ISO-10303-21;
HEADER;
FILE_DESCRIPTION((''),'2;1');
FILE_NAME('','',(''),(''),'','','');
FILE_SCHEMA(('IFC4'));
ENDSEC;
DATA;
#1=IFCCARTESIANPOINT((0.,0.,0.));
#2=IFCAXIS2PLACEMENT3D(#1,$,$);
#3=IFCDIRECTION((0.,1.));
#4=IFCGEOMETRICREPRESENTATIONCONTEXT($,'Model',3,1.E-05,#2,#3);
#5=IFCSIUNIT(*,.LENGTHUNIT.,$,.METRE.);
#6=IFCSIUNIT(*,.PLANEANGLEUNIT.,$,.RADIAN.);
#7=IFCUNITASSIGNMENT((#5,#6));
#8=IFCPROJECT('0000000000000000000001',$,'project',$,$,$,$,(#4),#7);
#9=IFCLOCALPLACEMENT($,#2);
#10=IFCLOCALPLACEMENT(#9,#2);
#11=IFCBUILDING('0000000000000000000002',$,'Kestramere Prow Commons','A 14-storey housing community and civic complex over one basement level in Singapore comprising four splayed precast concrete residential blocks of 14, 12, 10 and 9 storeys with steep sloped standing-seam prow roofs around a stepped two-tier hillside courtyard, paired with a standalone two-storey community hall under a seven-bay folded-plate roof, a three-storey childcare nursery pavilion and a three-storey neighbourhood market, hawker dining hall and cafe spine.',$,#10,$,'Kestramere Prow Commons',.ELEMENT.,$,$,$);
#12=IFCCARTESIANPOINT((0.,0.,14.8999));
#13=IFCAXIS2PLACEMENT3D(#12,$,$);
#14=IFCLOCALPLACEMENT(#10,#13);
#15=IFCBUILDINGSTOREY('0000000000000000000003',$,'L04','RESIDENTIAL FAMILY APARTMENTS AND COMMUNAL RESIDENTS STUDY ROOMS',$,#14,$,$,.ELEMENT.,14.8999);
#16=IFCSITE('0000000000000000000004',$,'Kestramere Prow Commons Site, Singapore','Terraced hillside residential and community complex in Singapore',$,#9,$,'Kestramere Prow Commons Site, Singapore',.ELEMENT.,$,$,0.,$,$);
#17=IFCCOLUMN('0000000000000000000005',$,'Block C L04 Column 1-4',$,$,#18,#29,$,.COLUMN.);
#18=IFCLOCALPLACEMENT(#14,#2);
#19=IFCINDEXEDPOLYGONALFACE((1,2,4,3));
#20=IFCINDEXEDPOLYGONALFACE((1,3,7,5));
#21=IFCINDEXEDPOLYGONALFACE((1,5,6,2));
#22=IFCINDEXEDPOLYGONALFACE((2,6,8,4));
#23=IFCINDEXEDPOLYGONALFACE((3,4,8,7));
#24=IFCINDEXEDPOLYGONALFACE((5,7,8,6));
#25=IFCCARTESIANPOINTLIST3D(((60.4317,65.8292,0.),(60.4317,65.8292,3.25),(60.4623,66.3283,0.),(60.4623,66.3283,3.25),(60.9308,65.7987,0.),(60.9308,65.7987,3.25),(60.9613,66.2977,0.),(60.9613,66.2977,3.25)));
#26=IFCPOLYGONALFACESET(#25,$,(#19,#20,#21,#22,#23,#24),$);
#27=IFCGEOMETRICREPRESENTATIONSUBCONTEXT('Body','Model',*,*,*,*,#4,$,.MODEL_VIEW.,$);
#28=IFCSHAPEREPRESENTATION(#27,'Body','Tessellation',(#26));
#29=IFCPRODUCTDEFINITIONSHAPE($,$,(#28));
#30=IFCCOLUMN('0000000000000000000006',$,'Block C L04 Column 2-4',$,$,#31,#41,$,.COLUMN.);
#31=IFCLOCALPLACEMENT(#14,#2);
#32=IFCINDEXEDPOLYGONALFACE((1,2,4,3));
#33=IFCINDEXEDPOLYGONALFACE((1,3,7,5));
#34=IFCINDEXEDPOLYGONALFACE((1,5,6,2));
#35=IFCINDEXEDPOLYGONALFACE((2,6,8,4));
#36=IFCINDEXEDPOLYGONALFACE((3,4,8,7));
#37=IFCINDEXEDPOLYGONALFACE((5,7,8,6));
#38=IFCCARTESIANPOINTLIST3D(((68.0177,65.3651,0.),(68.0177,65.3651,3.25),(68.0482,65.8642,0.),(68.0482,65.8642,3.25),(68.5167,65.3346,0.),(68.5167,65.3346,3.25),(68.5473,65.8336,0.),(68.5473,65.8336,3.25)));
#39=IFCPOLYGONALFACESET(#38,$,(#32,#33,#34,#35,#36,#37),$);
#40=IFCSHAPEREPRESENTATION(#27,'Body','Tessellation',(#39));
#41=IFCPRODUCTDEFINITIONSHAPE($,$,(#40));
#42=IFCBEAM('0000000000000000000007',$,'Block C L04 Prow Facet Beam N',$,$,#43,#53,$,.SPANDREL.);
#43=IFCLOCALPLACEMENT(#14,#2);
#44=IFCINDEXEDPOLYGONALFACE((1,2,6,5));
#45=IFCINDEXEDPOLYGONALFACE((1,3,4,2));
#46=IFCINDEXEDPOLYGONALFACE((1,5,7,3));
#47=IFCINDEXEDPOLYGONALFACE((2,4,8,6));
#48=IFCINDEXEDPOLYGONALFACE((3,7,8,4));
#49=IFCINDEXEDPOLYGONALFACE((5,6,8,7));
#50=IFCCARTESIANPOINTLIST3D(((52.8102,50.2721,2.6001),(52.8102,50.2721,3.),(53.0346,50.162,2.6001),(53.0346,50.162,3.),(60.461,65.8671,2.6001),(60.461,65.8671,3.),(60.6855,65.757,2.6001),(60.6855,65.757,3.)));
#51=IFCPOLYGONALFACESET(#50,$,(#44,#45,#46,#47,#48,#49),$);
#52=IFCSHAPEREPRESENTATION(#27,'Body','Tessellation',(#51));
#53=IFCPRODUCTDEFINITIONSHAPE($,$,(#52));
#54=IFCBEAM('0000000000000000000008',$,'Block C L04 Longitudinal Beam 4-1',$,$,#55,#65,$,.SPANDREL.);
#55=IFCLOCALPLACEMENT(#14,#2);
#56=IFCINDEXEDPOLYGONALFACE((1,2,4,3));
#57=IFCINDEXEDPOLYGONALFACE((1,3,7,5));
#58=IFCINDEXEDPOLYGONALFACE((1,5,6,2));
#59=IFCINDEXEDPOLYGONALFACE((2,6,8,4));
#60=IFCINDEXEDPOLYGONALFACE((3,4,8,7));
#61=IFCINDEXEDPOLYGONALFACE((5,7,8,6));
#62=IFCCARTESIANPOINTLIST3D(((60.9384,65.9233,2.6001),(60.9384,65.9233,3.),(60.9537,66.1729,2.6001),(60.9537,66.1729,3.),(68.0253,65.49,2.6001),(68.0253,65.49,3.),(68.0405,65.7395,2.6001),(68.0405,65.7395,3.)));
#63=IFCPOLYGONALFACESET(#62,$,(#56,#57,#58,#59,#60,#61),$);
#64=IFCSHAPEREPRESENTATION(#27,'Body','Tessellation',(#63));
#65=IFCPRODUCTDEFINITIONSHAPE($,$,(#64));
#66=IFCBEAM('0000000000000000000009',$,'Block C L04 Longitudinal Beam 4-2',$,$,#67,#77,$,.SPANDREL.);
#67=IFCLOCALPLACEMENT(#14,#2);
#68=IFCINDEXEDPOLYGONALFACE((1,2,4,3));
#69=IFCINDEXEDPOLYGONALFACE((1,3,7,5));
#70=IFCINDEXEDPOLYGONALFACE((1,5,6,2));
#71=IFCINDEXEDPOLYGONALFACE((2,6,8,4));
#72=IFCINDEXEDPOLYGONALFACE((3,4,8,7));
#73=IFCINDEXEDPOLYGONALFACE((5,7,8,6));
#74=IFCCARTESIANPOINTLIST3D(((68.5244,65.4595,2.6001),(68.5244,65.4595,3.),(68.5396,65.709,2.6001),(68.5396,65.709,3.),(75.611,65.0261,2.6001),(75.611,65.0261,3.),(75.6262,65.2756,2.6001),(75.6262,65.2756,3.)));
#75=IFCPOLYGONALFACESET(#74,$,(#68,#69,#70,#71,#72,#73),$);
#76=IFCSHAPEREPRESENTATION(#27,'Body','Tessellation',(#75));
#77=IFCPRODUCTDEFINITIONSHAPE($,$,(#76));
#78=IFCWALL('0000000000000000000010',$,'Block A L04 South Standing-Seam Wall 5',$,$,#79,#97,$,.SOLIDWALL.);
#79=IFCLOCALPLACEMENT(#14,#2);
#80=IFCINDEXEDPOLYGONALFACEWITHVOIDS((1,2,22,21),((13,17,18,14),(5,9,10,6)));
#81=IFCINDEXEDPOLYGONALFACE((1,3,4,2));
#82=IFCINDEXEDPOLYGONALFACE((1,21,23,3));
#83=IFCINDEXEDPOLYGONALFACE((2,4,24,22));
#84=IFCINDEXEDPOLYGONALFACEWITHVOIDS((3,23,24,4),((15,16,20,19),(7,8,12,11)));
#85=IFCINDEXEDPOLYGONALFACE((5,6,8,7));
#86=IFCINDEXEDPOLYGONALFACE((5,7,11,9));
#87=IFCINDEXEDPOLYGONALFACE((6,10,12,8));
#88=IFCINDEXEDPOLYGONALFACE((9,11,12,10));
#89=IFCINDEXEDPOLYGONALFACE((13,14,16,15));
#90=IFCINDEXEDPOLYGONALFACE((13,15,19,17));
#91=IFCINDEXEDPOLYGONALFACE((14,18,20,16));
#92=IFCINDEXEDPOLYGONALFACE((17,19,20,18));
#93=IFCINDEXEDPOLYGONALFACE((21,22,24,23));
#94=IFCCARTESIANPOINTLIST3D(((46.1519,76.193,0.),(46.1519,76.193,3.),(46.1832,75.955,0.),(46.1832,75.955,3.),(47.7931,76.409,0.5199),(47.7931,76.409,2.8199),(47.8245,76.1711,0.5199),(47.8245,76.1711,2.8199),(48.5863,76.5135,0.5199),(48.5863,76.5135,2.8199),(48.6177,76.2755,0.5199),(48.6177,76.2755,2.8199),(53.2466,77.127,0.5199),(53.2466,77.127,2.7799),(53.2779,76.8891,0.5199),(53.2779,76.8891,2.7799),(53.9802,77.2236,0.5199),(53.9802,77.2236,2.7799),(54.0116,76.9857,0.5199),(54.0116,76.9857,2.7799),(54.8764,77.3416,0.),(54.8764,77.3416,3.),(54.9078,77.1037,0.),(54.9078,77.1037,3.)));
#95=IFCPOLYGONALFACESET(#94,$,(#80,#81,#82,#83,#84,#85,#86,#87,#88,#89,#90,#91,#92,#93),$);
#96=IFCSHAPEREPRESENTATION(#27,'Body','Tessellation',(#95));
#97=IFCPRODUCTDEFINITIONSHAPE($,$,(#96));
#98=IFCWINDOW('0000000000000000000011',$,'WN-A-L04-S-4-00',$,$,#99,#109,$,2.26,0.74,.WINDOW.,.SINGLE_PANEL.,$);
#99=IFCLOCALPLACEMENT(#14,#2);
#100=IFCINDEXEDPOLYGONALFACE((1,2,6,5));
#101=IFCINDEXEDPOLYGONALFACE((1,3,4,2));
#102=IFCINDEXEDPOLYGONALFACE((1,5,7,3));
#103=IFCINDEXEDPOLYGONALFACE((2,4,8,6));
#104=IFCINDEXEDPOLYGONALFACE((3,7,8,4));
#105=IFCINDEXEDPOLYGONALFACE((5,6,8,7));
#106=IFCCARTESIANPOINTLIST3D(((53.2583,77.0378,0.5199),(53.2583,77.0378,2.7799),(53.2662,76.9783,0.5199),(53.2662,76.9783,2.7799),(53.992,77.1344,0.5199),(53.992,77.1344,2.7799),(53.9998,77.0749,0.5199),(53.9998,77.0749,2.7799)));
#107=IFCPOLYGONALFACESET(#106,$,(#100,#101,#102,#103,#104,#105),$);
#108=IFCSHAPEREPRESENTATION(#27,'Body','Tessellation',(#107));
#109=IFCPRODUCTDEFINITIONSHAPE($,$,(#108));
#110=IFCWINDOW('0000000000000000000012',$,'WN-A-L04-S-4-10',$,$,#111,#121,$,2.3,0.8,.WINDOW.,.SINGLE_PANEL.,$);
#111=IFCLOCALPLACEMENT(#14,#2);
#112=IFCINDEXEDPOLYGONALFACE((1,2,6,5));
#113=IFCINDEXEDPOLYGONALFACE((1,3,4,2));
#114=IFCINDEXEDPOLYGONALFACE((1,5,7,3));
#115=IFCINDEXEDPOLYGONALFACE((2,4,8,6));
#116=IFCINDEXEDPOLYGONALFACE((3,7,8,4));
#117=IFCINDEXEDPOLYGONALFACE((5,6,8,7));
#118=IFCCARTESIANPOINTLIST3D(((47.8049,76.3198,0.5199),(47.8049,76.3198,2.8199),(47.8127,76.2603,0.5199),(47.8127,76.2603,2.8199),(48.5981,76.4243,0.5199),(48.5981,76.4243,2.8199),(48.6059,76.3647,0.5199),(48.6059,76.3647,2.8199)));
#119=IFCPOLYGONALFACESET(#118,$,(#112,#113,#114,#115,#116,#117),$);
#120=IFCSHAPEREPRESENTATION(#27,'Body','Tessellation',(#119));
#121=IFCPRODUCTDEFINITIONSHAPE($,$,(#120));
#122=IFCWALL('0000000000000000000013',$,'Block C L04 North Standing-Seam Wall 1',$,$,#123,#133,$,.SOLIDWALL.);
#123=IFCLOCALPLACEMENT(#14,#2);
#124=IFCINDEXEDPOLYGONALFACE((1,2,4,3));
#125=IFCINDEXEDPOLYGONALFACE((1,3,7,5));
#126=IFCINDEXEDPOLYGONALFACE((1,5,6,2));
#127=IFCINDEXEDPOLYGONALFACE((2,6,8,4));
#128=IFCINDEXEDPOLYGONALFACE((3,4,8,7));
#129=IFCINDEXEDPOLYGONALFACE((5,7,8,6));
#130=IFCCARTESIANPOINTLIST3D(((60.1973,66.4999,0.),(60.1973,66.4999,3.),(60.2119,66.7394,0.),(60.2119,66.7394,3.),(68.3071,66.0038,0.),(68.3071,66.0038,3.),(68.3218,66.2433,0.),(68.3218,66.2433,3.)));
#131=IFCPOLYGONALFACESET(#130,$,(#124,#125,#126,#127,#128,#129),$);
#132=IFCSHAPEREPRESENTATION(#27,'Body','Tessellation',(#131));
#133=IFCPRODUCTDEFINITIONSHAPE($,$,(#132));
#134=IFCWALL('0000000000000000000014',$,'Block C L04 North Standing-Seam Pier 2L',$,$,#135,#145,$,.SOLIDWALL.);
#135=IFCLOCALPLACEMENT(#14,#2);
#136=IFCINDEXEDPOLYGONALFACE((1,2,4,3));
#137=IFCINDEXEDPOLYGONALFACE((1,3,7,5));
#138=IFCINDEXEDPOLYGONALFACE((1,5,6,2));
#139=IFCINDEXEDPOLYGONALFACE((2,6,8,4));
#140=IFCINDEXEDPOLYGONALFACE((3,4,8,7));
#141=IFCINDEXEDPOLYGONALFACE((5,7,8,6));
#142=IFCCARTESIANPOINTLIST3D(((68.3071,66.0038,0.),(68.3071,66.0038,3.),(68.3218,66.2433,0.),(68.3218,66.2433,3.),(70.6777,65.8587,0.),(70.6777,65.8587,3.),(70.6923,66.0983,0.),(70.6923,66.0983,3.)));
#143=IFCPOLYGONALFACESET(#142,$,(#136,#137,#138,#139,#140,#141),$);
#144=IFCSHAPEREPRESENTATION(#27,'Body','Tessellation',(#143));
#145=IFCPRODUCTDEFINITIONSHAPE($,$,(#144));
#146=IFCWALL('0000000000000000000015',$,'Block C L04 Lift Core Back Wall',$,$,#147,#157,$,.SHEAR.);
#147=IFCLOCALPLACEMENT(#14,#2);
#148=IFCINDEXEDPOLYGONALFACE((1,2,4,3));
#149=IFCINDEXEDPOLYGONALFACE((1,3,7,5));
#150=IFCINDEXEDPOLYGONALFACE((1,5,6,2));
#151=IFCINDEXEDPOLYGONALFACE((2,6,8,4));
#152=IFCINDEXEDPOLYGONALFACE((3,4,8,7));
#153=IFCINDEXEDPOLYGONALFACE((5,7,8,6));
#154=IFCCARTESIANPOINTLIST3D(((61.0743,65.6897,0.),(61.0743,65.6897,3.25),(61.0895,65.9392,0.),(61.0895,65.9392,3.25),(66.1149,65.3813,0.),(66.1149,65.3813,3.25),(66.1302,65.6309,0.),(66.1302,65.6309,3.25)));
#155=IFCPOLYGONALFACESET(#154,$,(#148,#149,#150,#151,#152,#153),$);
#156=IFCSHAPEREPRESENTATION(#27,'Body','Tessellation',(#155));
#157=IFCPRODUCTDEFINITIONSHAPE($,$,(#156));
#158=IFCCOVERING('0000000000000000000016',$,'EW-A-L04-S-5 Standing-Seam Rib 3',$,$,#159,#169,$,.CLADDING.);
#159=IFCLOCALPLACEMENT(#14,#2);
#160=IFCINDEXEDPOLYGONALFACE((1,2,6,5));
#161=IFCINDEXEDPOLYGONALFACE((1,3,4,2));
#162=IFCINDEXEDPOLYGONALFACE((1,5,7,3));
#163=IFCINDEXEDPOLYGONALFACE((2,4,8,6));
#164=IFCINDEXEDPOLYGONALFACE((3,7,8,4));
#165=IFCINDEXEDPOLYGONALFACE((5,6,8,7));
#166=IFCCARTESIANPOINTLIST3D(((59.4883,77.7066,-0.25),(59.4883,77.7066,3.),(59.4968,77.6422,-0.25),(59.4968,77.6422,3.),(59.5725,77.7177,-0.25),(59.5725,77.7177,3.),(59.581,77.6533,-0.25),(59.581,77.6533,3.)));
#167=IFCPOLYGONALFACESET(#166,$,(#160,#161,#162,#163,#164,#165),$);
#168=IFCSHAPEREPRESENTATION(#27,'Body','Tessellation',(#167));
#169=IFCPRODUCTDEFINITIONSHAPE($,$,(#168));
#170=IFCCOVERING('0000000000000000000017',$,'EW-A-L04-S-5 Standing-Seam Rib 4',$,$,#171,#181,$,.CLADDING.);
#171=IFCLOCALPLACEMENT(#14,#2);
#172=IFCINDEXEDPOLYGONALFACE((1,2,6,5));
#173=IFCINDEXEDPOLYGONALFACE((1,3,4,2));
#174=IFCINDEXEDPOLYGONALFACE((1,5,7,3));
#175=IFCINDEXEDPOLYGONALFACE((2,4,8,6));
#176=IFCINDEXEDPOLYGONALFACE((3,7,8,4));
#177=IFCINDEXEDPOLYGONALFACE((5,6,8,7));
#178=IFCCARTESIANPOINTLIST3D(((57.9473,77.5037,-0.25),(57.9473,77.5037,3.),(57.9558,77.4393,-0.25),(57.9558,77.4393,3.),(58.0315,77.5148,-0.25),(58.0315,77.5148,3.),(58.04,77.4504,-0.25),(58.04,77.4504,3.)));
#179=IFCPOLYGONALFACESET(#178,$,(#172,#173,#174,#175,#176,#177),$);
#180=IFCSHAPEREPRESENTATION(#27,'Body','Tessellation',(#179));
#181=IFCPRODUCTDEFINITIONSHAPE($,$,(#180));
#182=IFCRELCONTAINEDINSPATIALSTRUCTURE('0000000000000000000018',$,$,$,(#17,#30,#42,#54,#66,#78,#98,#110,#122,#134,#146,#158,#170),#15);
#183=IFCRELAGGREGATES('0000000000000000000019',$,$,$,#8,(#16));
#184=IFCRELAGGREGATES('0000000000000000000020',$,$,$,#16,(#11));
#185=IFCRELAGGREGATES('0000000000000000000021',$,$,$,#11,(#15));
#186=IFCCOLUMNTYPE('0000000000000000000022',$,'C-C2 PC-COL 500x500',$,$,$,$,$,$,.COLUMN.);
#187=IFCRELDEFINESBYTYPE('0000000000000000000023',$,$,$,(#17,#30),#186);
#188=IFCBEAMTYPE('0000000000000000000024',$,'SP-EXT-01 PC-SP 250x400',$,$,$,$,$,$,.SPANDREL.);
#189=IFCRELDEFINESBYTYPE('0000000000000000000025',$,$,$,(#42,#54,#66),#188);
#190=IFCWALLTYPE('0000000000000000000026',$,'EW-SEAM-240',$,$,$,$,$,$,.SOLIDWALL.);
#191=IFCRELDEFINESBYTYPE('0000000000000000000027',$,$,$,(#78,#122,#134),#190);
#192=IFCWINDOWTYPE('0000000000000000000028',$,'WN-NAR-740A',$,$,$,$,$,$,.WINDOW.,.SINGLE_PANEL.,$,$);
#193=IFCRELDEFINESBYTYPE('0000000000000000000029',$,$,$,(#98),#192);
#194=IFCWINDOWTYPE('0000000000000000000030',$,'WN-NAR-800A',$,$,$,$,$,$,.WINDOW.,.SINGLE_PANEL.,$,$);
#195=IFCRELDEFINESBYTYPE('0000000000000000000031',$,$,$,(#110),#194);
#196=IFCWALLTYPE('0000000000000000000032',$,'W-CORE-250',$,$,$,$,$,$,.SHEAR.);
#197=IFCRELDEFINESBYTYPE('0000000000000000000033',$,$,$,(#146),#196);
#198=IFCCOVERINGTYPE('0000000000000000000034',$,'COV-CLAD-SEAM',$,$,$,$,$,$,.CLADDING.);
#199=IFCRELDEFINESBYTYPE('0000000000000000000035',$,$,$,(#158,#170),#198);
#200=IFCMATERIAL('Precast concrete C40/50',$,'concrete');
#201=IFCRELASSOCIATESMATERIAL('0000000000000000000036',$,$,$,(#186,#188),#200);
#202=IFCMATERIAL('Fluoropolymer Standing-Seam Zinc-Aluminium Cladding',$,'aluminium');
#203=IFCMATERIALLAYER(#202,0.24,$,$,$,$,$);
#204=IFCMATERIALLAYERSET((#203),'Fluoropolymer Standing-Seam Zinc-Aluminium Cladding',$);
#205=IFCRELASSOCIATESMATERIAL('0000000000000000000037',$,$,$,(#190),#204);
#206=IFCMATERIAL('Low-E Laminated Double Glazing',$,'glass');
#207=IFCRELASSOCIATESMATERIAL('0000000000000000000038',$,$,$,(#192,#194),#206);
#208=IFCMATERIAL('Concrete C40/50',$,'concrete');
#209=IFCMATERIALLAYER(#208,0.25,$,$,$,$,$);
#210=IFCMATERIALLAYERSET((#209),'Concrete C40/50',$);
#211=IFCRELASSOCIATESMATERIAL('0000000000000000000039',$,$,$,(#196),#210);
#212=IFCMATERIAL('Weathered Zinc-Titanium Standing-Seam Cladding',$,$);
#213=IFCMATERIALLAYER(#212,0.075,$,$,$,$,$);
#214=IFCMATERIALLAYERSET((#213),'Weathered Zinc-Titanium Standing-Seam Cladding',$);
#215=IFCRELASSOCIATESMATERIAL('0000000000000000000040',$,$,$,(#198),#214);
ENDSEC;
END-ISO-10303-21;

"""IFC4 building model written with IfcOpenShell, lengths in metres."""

from ifc_helpers import new_model, si_unit, direction, frame, frame_2d, origin, origin_2d, place, context, subcontext, project, spatial, rectangle, extrude, material, layer, layer_set, material_profile, profile_set, type_object, element, fill, save


model = new_model("IFC4")

# Units and contexts
model_context = context("Model", 3, precision=1e-05, world=origin(), true_north=direction((0.0, 1.0)))
body_context = subcontext(model_context, "Body", "Model", "MODEL_VIEW")
ifc_project = project(units=[si_unit("LENGTHUNIT", "METRE"), si_unit("PLANEANGLEUNIT", "RADIAN")], contexts=[model_context])

# Site, building, storey
site_placement = place(None, origin())
site = spatial("IfcSite", under=ifc_project, at=site_placement, Name="Kestramere Prow Commons Site, Singapore", Description="Terraced hillside residential and community complex in Singapore", LongName="Kestramere Prow Commons Site, Singapore", CompositionType="ELEMENT", RefElevation=0.0)
building_placement = place(site_placement, origin())
building = spatial("IfcBuilding", under=site, at=building_placement, Name="Kestramere Prow Commons", Description="A 14-storey housing community and civic complex over one basement level in Singapore comprising four splayed precast concrete residential blocks of 14, 12, 10 and 9 storeys with steep sloped standing-seam prow roofs around a stepped two-tier hillside courtyard, paired with a standalone two-storey community hall under a seven-bay folded-plate roof, a three-storey childcare nursery pavilion and a three-storey neighbourhood market, hawker dining hall and cafe spine.", LongName="Kestramere Prow Commons", CompositionType="ELEMENT")
storey_placement = place(building_placement, frame((0.0, 0.0, 14.8999)))
storey = spatial("IfcBuildingStorey", under=building, at=storey_placement, Name="L04", Description="RESIDENTIAL FAMILY APARTMENTS AND COMMUNAL RESIDENTS STUDY ROOMS", CompositionType="ELEMENT", Elevation=14.8999)

# Columns
ifc_material_1 = material(Name="Precast concrete C40/50", Category="concrete")
ifc_material_profile_1 = material_profile(ifc_material_1, rectangle(XDim=0.5, YDim=0.5, at=origin_2d()), Name="PC-COL 500x500")
ifc_profile_set_1 = profile_set([ifc_material_profile_1], Name="Precast concrete C40/50")
column_type = type_object("IfcColumnType", Name="C-C2 PC-COL 500x500", PredefinedType="COLUMN", material=ifc_profile_set_1)
for number, where, z_axis, x_axis, name in (
    (1, (60.6965, 66.0635, 0.0), (0.0, 0.0, 1.0), (0.998135, -0.061049, 0.0), "Block C L04 Column 1-4"),
    (2, (68.2825, 65.5994, 0.0), (0.0, 0.0, 1.0), (0.998135, -0.061049, 0.0), "Block C L04 Column 2-4"),
):
    element("IfcColumn", number, at=place(storey_placement, frame(where, z_axis=z_axis, x_axis=x_axis)), inside=storey, type_object=column_type, Name=name, PredefinedType="COLUMN", context=body_context, shape_type="SweptSolid", body=[
        extrude(rectangle(XDim=0.5, YDim=0.5, at=origin_2d()), origin(), (0.0, 0.0, 1.0), 3.25),
    ])

# Beams
ifc_material_profile_2 = material_profile(ifc_material_1, rectangle(XDim=0.25, YDim=0.3999, at=origin_2d()), Name="PC-SP 250x400")
ifc_profile_set_2 = profile_set([ifc_material_profile_2], Name="Precast concrete C40/50")
beam_type = type_object("IfcBeamType", Name="SP-EXT-01 PC-SP 250x400", PredefinedType="SPANDREL", material=ifc_profile_set_2)
beam_1_placement = place(storey_placement, frame((60.5732, 65.812, 2.8), z_axis=(-0.440449, -0.897778, 0.0), x_axis=(0.897778, -0.440449, 0.0)))
element("IfcBeam", 3, at=beam_1_placement, inside=storey, type_object=beam_type, Name="Block C L04 Prow Facet Beam N", PredefinedType="SPANDREL", context=body_context, shape_type="SweptSolid", body=[
    extrude(rectangle(XDim=0.25, YDim=0.3999, at=origin_2d()), origin(), (0.0, 0.0, 1.0), 17.3706),
])
beam_2_placement = place(storey_placement, frame((60.946, 66.0481, 2.8), z_axis=(0.998136, -0.061034, 0.0), x_axis=(0.061034, 0.998136, 0.0)))
element("IfcBeam", 4, at=beam_2_placement, inside=storey, type_object=beam_type, Name="Block C L04 Longitudinal Beam 4-1", PredefinedType="SPANDREL", context=body_context, shape_type="SweptSolid", body=[
    extrude(rectangle(XDim=0.25, YDim=0.3999, at=origin_2d()), origin(), (0.0, 0.0, 1.0), 7.1001),
])
beam_3_placement = place(storey_placement, frame((68.532, 65.5842, 2.8), z_axis=(0.998136, -0.061036, 0.0), x_axis=(0.061036, 0.998136, 0.0)))
element("IfcBeam", 5, at=beam_3_placement, inside=storey, type_object=beam_type, Name="Block C L04 Longitudinal Beam 4-2", PredefinedType="SPANDREL", context=body_context, shape_type="SweptSolid", body=[
    extrude(rectangle(XDim=0.25, YDim=0.3999, at=origin_2d()), origin(), (0.0, 0.0, 1.0), 7.0999),
])

# Wall, openings, windows
ifc_material_2 = material(Name="Fluoropolymer Standing-Seam Zinc-Aluminium Cladding", Category="aluminium")
ifc_layer_1 = layer(ifc_material_2, 0.24)
ifc_layer_set_1 = layer_set([ifc_layer_1], Name="Fluoropolymer Standing-Seam Zinc-Aluminium Cladding")
wall_type_1 = type_object("IfcWallType", Name="EW-SEAM-240", PredefinedType="SOLIDWALL", material=ifc_layer_set_1)
wall_1_placement = place(storey_placement, frame((54.8921, 77.2227, 0.0), z_axis=(0.0, 0.0, 1.0), x_axis=(-0.991444, -0.130533, 0.0)))
wall_1 = element("IfcWall", 6, at=wall_1_placement, inside=storey, type_object=wall_type_1, Name="Block A L04 South Standing-Seam Wall 5", PredefinedType="SOLIDWALL", context=body_context, shape_type="SweptSolid", body=[
    extrude(rectangle(XDim=8.7998, YDim=0.24, at=frame_2d((4.3999, 0.0))), origin(), (0.0, 0.0, 1.0), 3.0),
])
opening_1_placement = place(wall_1_placement, frame((0.9038, 0.0, 0.52)))
opening_1 = element("IfcOpeningElement", 7, at=opening_1_placement, cuts=wall_1, PredefinedType="OPENING", context=body_context, shape_type="SweptSolid", body=[
    extrude(rectangle(XDim=0.74, YDim=2.26, at=frame_2d((0.3701, 1.1299))), frame((0.0, 0.135, 0.0), z_axis=(0.0, -1.0, 0.0), x_axis=(1.0, 0.0, 0.0)), (0.0, 0.0, 1.0), 0.27),
])
opening_2_placement = place(wall_1_placement, frame((6.3445, 0.0, 0.52)))
opening_2 = element("IfcOpeningElement", 8, at=opening_2_placement, cuts=wall_1, PredefinedType="OPENING", context=body_context, shape_type="SweptSolid", body=[
    extrude(rectangle(XDim=0.8, YDim=2.3, at=frame_2d((0.3999, 1.1499))), frame((0.0, 0.135, 0.0), z_axis=(0.0, -1.0, 0.0), x_axis=(1.0, 0.0, 0.0)), (0.0, 0.0, 1.0), 0.27),
])
ifc_material_3 = material(Name="Low-E Laminated Double Glazing", Category="glass")
window_type_1 = type_object("IfcWindowType", Name="WN-NAR-740A", PartitioningType="SINGLE_PANEL", PredefinedType="WINDOW", material=ifc_material_3)
window_1_placement = place(opening_1_placement, origin())
window_1 = element("IfcWindow", 9, at=window_1_placement, inside=storey, type_object=window_type_1, Name="WN-A-L04-S-4-00", OverallHeight=2.26, OverallWidth=0.74, PartitioningType="SINGLE_PANEL", PredefinedType="WINDOW", context=body_context, shape_type="SweptSolid", body=[
    extrude(rectangle(XDim=0.74, YDim=2.26, at=frame_2d((0.3701, 1.1299))), frame((0.0, 0.03, 0.0), z_axis=(0.0, -1.0, 0.0), x_axis=(1.0, 0.0, 0.0)), (0.0, 0.0, 1.0), 0.0601),
])
fill(opening_1, window_1)
window_type_2 = type_object("IfcWindowType", Name="WN-NAR-800A", PartitioningType="SINGLE_PANEL", PredefinedType="WINDOW", material=ifc_material_3)
window_2_placement = place(opening_2_placement, origin())
window_2 = element("IfcWindow", 10, at=window_2_placement, inside=storey, type_object=window_type_2, Name="WN-A-L04-S-4-10", OverallHeight=2.3, OverallWidth=0.8, PartitioningType="SINGLE_PANEL", PredefinedType="WINDOW", context=body_context, shape_type="SweptSolid", body=[
    extrude(rectangle(XDim=0.8, YDim=2.3, at=frame_2d((0.3999, 1.1499))), frame((0.0, 0.03, 0.0), z_axis=(0.0, -1.0, 0.0), x_axis=(1.0, 0.0, 0.0)), (0.0, 0.0, 1.0), 0.0601),
])
fill(opening_2, window_2)

# Walls
wall_2_placement = place(storey_placement, frame((60.2046, 66.6196, 0.0), z_axis=(0.0, 0.0, 1.0), x_axis=(0.998134, -0.061058, 0.0)))
element("IfcWall", 11, at=wall_2_placement, inside=storey, type_object=wall_type_1, Name="Block C L04 North Standing-Seam Wall 1", PredefinedType="SOLIDWALL", context=body_context, shape_type="SweptSolid", body=[
    extrude(rectangle(XDim=8.125, YDim=0.24, at=frame_2d((4.0625, 0.0))), origin(), (0.0, 0.0, 1.0), 3.0),
])
wall_3_placement = place(storey_placement, frame((68.3145, 66.1235, 0.0), z_axis=(0.0, 0.0, 1.0), x_axis=(0.998134, -0.06106, 0.0)))
element("IfcWall", 12, at=wall_3_placement, inside=storey, type_object=wall_type_1, Name="Block C L04 North Standing-Seam Pier 2L", PredefinedType="SOLIDWALL", context=body_context, shape_type="SweptSolid", body=[
    extrude(rectangle(XDim=2.375, YDim=0.24, at=frame_2d((1.1875, 0.0))), origin(), (0.0, 0.0, 1.0), 3.0),
])
ifc_material_4 = material(Name="Concrete C40/50", Category="concrete")
ifc_layer_2 = layer(ifc_material_4, 0.25)
ifc_layer_set_2 = layer_set([ifc_layer_2], Name="Concrete C40/50")
wall_type_2 = type_object("IfcWallType", Name="W-CORE-250", PredefinedType="SHEAR", material=ifc_layer_set_2)
wall_4_placement = place(storey_placement, frame((61.082, 65.8145, 0.0), z_axis=(0.0, 0.0, 1.0), x_axis=(0.998134, -0.06106, 0.0)))
element("IfcWall", 13, at=wall_4_placement, inside=storey, type_object=wall_type_2, Name="Block C L04 Lift Core Back Wall", PredefinedType="SHEAR", context=body_context, shape_type="SweptSolid", body=[
    extrude(rectangle(XDim=5.05, YDim=0.25, at=frame_2d((2.5249, 0.0))), origin(), (0.0, 0.0, 1.0), 3.25),
])

# Coverings
ifc_material_5 = material(Name="Weathered Zinc-Titanium Standing-Seam Cladding")
ifc_layer_3 = layer(ifc_material_5, 0.075)
ifc_layer_set_3 = layer_set([ifc_layer_3], Name="Weathered Zinc-Titanium Standing-Seam Cladding")
covering_type = type_object("IfcCoveringType", Name="COV-CLAD-SEAM", PredefinedType="CLADDING", material=ifc_layer_set_3)
for number, where, z_axis, x_axis, name in (
    (14, (59.5347, 77.6799, -0.25), (0.0, 0.0, 1.0), (-0.991445, -0.130526, 0.0), "EW-A-L04-S-5 Standing-Seam Rib 3"),
    (15, (57.9937, 77.4771, -0.25), (0.0, 0.0, 1.0), (-0.991445, -0.130526, 0.0), "EW-A-L04-S-5 Standing-Seam Rib 4"),
):
    element("IfcCovering", number, at=place(storey_placement, frame(where, z_axis=z_axis, x_axis=x_axis)), inside=storey, type_object=covering_type, Name=name, PredefinedType="CLADDING", context=body_context, shape_type="SweptSolid", body=[
        extrude(rectangle(XDim=0.085, YDim=0.0649, at=origin_2d()), origin(), (0.0, 0.0, 1.0), 3.25),
    ])

save(model, "model.ifc")
